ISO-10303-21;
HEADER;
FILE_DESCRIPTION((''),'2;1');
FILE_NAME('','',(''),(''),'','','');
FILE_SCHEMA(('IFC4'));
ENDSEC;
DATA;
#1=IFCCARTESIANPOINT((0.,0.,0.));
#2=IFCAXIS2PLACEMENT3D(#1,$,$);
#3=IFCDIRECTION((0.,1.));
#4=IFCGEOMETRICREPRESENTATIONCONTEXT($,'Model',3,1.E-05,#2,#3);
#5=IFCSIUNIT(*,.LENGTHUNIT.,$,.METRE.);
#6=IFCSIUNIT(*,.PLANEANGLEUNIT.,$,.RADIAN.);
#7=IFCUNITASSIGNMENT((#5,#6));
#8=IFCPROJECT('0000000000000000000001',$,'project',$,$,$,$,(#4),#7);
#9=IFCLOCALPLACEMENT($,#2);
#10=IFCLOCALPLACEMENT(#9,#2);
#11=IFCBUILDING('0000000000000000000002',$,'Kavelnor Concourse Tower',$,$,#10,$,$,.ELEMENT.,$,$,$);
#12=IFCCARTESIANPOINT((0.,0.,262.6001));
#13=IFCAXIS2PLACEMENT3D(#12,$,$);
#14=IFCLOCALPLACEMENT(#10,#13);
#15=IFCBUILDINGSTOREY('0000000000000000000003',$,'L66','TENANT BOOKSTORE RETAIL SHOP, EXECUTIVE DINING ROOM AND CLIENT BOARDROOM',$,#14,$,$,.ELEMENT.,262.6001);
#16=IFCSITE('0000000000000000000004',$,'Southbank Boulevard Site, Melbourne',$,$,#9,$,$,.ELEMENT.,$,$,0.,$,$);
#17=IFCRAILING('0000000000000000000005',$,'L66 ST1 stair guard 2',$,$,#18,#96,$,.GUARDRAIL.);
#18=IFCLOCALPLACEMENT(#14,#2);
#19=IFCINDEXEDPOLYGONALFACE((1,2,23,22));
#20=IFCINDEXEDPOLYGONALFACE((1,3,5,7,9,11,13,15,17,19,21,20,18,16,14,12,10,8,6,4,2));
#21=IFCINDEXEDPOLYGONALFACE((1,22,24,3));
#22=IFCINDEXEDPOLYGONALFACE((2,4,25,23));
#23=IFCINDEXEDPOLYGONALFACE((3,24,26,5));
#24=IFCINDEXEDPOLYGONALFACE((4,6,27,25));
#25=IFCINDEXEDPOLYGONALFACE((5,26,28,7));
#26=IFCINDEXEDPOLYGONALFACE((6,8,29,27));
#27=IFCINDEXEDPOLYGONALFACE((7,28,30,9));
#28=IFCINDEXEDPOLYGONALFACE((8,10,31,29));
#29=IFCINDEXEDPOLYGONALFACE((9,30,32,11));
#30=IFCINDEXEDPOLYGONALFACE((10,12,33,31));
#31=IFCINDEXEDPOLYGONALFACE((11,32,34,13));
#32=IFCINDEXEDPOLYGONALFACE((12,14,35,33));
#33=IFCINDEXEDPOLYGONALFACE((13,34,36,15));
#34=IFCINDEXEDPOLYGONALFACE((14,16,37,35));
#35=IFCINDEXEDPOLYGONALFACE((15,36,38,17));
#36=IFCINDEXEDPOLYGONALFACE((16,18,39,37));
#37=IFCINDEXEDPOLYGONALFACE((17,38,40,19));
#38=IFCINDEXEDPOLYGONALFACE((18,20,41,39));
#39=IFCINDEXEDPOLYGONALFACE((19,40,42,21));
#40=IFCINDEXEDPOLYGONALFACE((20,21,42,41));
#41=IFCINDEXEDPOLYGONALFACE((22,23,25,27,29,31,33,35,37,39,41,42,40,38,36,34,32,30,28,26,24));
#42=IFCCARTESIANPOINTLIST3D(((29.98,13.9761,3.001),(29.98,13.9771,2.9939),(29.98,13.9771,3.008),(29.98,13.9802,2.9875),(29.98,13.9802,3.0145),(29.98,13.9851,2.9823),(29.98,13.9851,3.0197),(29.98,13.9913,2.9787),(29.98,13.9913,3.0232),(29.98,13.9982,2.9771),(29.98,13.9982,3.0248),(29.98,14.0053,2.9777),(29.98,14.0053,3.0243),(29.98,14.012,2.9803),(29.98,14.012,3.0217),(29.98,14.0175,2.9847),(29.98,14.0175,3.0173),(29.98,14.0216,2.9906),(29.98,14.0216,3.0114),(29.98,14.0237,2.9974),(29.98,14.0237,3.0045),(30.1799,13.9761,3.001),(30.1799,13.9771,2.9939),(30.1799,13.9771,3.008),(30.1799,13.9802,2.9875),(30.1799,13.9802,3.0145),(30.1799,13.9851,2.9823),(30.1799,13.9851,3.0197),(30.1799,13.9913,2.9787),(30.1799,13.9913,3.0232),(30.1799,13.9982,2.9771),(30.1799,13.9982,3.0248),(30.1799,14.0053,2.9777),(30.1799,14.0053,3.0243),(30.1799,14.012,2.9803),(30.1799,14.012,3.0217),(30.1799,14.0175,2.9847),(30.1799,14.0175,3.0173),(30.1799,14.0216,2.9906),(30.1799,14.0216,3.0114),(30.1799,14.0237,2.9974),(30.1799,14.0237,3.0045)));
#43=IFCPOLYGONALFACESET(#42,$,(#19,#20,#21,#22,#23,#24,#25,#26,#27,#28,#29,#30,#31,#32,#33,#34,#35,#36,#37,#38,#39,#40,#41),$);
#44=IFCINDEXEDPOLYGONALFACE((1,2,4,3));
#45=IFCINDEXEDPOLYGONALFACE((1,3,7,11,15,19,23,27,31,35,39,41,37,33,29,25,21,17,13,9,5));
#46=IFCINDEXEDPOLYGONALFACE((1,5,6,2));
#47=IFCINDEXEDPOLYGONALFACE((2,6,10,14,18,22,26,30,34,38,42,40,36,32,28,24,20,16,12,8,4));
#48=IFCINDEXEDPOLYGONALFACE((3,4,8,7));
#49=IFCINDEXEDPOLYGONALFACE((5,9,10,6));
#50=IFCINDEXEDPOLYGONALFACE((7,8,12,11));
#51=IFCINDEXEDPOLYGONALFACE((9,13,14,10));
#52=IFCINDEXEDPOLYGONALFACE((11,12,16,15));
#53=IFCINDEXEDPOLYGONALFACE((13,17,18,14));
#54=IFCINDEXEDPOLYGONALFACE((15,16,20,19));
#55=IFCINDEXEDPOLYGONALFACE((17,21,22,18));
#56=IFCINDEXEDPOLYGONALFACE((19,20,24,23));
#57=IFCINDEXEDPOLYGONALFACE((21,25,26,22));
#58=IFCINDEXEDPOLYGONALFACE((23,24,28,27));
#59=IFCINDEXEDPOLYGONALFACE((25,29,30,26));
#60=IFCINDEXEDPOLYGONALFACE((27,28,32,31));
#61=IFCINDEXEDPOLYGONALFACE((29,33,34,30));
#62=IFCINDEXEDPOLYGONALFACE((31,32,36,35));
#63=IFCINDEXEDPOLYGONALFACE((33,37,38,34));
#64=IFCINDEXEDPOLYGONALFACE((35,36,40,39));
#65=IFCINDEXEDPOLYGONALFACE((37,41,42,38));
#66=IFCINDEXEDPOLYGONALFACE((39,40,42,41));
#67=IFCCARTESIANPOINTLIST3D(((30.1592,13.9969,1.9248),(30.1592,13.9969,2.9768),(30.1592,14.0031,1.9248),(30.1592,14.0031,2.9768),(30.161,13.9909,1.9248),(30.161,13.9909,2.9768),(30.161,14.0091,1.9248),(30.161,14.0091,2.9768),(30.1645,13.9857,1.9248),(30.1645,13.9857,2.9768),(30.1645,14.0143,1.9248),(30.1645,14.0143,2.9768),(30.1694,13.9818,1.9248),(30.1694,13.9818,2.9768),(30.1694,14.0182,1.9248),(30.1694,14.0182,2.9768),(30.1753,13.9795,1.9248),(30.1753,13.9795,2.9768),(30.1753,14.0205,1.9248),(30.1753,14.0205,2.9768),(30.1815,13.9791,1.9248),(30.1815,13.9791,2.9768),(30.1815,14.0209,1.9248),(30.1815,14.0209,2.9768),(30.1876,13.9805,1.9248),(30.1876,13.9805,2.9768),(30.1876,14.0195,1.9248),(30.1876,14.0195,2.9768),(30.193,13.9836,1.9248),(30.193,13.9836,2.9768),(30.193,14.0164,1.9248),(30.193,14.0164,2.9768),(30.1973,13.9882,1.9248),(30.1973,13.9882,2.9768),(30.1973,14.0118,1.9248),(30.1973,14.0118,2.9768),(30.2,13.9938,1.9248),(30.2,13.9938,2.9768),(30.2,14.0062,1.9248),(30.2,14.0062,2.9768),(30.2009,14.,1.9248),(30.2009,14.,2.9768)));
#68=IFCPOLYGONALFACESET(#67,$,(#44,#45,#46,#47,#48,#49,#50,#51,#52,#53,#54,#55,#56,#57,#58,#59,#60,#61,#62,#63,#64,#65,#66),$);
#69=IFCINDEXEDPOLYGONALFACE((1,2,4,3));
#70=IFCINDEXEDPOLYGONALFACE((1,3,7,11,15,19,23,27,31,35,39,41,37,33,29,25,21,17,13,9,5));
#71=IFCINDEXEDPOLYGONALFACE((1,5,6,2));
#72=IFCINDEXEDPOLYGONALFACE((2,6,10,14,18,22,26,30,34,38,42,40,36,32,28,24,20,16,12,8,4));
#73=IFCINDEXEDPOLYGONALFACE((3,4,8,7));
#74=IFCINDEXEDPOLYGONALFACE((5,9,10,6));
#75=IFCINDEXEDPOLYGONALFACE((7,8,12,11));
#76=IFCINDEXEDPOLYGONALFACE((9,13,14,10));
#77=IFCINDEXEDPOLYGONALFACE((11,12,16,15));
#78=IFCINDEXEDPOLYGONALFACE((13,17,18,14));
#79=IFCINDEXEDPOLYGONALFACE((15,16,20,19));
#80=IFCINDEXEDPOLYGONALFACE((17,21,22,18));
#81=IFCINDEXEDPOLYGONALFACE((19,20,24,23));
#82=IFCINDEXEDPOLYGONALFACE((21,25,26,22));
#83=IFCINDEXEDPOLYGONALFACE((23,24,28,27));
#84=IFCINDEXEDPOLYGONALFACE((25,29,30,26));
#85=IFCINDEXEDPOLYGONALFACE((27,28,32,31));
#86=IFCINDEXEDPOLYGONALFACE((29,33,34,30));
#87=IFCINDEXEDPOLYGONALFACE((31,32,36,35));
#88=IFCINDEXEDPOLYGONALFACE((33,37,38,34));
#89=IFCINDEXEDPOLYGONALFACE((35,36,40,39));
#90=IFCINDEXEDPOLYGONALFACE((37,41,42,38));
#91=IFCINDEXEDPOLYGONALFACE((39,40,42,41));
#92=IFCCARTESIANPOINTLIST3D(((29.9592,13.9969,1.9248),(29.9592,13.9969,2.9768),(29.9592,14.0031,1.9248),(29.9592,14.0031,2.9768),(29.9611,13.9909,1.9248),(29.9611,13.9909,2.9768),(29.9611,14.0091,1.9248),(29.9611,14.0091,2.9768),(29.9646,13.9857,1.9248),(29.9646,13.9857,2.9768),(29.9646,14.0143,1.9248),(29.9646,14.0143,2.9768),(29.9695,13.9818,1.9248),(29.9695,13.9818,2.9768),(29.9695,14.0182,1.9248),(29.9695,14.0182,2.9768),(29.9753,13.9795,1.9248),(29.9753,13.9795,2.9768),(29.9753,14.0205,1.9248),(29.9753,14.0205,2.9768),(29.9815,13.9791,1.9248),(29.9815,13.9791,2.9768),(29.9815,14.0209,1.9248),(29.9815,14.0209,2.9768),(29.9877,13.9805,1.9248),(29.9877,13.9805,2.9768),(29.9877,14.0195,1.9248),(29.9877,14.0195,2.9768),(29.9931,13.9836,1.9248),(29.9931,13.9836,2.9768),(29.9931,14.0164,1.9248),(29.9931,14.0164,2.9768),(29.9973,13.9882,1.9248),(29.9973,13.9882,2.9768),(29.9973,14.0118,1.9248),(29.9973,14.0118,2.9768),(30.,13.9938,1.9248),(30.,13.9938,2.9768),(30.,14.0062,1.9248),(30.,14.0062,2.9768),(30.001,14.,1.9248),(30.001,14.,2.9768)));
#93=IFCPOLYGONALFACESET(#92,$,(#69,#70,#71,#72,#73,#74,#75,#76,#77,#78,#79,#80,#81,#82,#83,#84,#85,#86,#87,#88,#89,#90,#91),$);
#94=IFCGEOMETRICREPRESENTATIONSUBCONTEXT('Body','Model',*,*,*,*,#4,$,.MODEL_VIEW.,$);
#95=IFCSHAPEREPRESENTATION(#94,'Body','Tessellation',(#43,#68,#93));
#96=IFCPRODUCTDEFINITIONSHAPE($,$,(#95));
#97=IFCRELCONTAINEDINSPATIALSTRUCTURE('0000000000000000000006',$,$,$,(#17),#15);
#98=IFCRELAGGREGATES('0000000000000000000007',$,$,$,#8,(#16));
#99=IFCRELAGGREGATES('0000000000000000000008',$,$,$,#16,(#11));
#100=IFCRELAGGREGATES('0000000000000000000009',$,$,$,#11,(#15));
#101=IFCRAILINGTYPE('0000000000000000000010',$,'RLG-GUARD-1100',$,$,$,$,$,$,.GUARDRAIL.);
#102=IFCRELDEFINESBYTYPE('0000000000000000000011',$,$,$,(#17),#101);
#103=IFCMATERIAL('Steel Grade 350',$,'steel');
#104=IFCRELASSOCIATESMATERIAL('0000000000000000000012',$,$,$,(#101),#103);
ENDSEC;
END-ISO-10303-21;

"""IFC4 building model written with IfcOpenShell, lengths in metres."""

from ifc_helpers import new_model, si_unit, direction, frame, origin, origin_2d, place, context, subcontext, project, spatial, circle, extrude, material, type_object, element, save


model = new_model("IFC4")

# Units and contexts
model_context = context("Model", 3, precision=1e-05, world=origin(), true_north=direction((0.0, 1.0)))
body_context = subcontext(model_context, "Body", "Model", "MODEL_VIEW")
ifc_project = project(units=[si_unit("LENGTHUNIT", "METRE"), si_unit("PLANEANGLEUNIT", "RADIAN")], contexts=[model_context])

# Site, building, storey
site_placement = place(None, origin())
site = spatial("IfcSite", under=ifc_project, at=site_placement, Name="Southbank Boulevard Site, Melbourne", CompositionType="ELEMENT", RefElevation=0.0)
building_placement = place(site_placement, origin())
building = spatial("IfcBuilding", under=site, at=building_placement, Name="Kavelnor Concourse Tower", CompositionType="ELEMENT")
storey_placement = place(building_placement, frame((0.0, 0.0, 262.6001)))
storey = spatial("IfcBuildingStorey", under=building, at=storey_placement, Name="L66", Description="TENANT BOOKSTORE RETAIL SHOP, EXECUTIVE DINING ROOM AND CLIENT BOARDROOM", CompositionType="ELEMENT", Elevation=262.6001)

# Shared definitions
ifc_material_1 = material(Name="Steel Grade 350", Category="steel")

# Railing
railing_type_1 = type_object("IfcRailingType", Name="RLG-GUARD-1100", PredefinedType="GUARDRAIL", material=ifc_material_1)
railing_1_placement = place(storey_placement, frame((30.1799, 14.0, 1.9248)))
element("IfcRailing", 1, at=railing_1_placement, inside=storey, type_object=railing_type_1, Name="L66 ST1 stair guard 2", PredefinedType="GUARDRAIL", context=body_context, shape_type="SweptSolid", body=[
    extrude(circle(Radius=0.0239, at=origin_2d()), frame((0.0, 0.0, 1.0762), z_axis=(-1.0, 0.0, 0.0), x_axis=(0.0, -1.0, 0.0)), (0.0, 0.0, 1.0), 0.2),
    extrude(circle(Radius=0.021, at=origin_2d()), origin(), (0.0, 0.0, 1.0), 1.052),
    extrude(circle(Radius=0.021, at=origin_2d()), frame((-0.2, 0.0, 0.0)), (0.0, 0.0, 1.0), 1.052),
])

save(model, "model.ifc")
